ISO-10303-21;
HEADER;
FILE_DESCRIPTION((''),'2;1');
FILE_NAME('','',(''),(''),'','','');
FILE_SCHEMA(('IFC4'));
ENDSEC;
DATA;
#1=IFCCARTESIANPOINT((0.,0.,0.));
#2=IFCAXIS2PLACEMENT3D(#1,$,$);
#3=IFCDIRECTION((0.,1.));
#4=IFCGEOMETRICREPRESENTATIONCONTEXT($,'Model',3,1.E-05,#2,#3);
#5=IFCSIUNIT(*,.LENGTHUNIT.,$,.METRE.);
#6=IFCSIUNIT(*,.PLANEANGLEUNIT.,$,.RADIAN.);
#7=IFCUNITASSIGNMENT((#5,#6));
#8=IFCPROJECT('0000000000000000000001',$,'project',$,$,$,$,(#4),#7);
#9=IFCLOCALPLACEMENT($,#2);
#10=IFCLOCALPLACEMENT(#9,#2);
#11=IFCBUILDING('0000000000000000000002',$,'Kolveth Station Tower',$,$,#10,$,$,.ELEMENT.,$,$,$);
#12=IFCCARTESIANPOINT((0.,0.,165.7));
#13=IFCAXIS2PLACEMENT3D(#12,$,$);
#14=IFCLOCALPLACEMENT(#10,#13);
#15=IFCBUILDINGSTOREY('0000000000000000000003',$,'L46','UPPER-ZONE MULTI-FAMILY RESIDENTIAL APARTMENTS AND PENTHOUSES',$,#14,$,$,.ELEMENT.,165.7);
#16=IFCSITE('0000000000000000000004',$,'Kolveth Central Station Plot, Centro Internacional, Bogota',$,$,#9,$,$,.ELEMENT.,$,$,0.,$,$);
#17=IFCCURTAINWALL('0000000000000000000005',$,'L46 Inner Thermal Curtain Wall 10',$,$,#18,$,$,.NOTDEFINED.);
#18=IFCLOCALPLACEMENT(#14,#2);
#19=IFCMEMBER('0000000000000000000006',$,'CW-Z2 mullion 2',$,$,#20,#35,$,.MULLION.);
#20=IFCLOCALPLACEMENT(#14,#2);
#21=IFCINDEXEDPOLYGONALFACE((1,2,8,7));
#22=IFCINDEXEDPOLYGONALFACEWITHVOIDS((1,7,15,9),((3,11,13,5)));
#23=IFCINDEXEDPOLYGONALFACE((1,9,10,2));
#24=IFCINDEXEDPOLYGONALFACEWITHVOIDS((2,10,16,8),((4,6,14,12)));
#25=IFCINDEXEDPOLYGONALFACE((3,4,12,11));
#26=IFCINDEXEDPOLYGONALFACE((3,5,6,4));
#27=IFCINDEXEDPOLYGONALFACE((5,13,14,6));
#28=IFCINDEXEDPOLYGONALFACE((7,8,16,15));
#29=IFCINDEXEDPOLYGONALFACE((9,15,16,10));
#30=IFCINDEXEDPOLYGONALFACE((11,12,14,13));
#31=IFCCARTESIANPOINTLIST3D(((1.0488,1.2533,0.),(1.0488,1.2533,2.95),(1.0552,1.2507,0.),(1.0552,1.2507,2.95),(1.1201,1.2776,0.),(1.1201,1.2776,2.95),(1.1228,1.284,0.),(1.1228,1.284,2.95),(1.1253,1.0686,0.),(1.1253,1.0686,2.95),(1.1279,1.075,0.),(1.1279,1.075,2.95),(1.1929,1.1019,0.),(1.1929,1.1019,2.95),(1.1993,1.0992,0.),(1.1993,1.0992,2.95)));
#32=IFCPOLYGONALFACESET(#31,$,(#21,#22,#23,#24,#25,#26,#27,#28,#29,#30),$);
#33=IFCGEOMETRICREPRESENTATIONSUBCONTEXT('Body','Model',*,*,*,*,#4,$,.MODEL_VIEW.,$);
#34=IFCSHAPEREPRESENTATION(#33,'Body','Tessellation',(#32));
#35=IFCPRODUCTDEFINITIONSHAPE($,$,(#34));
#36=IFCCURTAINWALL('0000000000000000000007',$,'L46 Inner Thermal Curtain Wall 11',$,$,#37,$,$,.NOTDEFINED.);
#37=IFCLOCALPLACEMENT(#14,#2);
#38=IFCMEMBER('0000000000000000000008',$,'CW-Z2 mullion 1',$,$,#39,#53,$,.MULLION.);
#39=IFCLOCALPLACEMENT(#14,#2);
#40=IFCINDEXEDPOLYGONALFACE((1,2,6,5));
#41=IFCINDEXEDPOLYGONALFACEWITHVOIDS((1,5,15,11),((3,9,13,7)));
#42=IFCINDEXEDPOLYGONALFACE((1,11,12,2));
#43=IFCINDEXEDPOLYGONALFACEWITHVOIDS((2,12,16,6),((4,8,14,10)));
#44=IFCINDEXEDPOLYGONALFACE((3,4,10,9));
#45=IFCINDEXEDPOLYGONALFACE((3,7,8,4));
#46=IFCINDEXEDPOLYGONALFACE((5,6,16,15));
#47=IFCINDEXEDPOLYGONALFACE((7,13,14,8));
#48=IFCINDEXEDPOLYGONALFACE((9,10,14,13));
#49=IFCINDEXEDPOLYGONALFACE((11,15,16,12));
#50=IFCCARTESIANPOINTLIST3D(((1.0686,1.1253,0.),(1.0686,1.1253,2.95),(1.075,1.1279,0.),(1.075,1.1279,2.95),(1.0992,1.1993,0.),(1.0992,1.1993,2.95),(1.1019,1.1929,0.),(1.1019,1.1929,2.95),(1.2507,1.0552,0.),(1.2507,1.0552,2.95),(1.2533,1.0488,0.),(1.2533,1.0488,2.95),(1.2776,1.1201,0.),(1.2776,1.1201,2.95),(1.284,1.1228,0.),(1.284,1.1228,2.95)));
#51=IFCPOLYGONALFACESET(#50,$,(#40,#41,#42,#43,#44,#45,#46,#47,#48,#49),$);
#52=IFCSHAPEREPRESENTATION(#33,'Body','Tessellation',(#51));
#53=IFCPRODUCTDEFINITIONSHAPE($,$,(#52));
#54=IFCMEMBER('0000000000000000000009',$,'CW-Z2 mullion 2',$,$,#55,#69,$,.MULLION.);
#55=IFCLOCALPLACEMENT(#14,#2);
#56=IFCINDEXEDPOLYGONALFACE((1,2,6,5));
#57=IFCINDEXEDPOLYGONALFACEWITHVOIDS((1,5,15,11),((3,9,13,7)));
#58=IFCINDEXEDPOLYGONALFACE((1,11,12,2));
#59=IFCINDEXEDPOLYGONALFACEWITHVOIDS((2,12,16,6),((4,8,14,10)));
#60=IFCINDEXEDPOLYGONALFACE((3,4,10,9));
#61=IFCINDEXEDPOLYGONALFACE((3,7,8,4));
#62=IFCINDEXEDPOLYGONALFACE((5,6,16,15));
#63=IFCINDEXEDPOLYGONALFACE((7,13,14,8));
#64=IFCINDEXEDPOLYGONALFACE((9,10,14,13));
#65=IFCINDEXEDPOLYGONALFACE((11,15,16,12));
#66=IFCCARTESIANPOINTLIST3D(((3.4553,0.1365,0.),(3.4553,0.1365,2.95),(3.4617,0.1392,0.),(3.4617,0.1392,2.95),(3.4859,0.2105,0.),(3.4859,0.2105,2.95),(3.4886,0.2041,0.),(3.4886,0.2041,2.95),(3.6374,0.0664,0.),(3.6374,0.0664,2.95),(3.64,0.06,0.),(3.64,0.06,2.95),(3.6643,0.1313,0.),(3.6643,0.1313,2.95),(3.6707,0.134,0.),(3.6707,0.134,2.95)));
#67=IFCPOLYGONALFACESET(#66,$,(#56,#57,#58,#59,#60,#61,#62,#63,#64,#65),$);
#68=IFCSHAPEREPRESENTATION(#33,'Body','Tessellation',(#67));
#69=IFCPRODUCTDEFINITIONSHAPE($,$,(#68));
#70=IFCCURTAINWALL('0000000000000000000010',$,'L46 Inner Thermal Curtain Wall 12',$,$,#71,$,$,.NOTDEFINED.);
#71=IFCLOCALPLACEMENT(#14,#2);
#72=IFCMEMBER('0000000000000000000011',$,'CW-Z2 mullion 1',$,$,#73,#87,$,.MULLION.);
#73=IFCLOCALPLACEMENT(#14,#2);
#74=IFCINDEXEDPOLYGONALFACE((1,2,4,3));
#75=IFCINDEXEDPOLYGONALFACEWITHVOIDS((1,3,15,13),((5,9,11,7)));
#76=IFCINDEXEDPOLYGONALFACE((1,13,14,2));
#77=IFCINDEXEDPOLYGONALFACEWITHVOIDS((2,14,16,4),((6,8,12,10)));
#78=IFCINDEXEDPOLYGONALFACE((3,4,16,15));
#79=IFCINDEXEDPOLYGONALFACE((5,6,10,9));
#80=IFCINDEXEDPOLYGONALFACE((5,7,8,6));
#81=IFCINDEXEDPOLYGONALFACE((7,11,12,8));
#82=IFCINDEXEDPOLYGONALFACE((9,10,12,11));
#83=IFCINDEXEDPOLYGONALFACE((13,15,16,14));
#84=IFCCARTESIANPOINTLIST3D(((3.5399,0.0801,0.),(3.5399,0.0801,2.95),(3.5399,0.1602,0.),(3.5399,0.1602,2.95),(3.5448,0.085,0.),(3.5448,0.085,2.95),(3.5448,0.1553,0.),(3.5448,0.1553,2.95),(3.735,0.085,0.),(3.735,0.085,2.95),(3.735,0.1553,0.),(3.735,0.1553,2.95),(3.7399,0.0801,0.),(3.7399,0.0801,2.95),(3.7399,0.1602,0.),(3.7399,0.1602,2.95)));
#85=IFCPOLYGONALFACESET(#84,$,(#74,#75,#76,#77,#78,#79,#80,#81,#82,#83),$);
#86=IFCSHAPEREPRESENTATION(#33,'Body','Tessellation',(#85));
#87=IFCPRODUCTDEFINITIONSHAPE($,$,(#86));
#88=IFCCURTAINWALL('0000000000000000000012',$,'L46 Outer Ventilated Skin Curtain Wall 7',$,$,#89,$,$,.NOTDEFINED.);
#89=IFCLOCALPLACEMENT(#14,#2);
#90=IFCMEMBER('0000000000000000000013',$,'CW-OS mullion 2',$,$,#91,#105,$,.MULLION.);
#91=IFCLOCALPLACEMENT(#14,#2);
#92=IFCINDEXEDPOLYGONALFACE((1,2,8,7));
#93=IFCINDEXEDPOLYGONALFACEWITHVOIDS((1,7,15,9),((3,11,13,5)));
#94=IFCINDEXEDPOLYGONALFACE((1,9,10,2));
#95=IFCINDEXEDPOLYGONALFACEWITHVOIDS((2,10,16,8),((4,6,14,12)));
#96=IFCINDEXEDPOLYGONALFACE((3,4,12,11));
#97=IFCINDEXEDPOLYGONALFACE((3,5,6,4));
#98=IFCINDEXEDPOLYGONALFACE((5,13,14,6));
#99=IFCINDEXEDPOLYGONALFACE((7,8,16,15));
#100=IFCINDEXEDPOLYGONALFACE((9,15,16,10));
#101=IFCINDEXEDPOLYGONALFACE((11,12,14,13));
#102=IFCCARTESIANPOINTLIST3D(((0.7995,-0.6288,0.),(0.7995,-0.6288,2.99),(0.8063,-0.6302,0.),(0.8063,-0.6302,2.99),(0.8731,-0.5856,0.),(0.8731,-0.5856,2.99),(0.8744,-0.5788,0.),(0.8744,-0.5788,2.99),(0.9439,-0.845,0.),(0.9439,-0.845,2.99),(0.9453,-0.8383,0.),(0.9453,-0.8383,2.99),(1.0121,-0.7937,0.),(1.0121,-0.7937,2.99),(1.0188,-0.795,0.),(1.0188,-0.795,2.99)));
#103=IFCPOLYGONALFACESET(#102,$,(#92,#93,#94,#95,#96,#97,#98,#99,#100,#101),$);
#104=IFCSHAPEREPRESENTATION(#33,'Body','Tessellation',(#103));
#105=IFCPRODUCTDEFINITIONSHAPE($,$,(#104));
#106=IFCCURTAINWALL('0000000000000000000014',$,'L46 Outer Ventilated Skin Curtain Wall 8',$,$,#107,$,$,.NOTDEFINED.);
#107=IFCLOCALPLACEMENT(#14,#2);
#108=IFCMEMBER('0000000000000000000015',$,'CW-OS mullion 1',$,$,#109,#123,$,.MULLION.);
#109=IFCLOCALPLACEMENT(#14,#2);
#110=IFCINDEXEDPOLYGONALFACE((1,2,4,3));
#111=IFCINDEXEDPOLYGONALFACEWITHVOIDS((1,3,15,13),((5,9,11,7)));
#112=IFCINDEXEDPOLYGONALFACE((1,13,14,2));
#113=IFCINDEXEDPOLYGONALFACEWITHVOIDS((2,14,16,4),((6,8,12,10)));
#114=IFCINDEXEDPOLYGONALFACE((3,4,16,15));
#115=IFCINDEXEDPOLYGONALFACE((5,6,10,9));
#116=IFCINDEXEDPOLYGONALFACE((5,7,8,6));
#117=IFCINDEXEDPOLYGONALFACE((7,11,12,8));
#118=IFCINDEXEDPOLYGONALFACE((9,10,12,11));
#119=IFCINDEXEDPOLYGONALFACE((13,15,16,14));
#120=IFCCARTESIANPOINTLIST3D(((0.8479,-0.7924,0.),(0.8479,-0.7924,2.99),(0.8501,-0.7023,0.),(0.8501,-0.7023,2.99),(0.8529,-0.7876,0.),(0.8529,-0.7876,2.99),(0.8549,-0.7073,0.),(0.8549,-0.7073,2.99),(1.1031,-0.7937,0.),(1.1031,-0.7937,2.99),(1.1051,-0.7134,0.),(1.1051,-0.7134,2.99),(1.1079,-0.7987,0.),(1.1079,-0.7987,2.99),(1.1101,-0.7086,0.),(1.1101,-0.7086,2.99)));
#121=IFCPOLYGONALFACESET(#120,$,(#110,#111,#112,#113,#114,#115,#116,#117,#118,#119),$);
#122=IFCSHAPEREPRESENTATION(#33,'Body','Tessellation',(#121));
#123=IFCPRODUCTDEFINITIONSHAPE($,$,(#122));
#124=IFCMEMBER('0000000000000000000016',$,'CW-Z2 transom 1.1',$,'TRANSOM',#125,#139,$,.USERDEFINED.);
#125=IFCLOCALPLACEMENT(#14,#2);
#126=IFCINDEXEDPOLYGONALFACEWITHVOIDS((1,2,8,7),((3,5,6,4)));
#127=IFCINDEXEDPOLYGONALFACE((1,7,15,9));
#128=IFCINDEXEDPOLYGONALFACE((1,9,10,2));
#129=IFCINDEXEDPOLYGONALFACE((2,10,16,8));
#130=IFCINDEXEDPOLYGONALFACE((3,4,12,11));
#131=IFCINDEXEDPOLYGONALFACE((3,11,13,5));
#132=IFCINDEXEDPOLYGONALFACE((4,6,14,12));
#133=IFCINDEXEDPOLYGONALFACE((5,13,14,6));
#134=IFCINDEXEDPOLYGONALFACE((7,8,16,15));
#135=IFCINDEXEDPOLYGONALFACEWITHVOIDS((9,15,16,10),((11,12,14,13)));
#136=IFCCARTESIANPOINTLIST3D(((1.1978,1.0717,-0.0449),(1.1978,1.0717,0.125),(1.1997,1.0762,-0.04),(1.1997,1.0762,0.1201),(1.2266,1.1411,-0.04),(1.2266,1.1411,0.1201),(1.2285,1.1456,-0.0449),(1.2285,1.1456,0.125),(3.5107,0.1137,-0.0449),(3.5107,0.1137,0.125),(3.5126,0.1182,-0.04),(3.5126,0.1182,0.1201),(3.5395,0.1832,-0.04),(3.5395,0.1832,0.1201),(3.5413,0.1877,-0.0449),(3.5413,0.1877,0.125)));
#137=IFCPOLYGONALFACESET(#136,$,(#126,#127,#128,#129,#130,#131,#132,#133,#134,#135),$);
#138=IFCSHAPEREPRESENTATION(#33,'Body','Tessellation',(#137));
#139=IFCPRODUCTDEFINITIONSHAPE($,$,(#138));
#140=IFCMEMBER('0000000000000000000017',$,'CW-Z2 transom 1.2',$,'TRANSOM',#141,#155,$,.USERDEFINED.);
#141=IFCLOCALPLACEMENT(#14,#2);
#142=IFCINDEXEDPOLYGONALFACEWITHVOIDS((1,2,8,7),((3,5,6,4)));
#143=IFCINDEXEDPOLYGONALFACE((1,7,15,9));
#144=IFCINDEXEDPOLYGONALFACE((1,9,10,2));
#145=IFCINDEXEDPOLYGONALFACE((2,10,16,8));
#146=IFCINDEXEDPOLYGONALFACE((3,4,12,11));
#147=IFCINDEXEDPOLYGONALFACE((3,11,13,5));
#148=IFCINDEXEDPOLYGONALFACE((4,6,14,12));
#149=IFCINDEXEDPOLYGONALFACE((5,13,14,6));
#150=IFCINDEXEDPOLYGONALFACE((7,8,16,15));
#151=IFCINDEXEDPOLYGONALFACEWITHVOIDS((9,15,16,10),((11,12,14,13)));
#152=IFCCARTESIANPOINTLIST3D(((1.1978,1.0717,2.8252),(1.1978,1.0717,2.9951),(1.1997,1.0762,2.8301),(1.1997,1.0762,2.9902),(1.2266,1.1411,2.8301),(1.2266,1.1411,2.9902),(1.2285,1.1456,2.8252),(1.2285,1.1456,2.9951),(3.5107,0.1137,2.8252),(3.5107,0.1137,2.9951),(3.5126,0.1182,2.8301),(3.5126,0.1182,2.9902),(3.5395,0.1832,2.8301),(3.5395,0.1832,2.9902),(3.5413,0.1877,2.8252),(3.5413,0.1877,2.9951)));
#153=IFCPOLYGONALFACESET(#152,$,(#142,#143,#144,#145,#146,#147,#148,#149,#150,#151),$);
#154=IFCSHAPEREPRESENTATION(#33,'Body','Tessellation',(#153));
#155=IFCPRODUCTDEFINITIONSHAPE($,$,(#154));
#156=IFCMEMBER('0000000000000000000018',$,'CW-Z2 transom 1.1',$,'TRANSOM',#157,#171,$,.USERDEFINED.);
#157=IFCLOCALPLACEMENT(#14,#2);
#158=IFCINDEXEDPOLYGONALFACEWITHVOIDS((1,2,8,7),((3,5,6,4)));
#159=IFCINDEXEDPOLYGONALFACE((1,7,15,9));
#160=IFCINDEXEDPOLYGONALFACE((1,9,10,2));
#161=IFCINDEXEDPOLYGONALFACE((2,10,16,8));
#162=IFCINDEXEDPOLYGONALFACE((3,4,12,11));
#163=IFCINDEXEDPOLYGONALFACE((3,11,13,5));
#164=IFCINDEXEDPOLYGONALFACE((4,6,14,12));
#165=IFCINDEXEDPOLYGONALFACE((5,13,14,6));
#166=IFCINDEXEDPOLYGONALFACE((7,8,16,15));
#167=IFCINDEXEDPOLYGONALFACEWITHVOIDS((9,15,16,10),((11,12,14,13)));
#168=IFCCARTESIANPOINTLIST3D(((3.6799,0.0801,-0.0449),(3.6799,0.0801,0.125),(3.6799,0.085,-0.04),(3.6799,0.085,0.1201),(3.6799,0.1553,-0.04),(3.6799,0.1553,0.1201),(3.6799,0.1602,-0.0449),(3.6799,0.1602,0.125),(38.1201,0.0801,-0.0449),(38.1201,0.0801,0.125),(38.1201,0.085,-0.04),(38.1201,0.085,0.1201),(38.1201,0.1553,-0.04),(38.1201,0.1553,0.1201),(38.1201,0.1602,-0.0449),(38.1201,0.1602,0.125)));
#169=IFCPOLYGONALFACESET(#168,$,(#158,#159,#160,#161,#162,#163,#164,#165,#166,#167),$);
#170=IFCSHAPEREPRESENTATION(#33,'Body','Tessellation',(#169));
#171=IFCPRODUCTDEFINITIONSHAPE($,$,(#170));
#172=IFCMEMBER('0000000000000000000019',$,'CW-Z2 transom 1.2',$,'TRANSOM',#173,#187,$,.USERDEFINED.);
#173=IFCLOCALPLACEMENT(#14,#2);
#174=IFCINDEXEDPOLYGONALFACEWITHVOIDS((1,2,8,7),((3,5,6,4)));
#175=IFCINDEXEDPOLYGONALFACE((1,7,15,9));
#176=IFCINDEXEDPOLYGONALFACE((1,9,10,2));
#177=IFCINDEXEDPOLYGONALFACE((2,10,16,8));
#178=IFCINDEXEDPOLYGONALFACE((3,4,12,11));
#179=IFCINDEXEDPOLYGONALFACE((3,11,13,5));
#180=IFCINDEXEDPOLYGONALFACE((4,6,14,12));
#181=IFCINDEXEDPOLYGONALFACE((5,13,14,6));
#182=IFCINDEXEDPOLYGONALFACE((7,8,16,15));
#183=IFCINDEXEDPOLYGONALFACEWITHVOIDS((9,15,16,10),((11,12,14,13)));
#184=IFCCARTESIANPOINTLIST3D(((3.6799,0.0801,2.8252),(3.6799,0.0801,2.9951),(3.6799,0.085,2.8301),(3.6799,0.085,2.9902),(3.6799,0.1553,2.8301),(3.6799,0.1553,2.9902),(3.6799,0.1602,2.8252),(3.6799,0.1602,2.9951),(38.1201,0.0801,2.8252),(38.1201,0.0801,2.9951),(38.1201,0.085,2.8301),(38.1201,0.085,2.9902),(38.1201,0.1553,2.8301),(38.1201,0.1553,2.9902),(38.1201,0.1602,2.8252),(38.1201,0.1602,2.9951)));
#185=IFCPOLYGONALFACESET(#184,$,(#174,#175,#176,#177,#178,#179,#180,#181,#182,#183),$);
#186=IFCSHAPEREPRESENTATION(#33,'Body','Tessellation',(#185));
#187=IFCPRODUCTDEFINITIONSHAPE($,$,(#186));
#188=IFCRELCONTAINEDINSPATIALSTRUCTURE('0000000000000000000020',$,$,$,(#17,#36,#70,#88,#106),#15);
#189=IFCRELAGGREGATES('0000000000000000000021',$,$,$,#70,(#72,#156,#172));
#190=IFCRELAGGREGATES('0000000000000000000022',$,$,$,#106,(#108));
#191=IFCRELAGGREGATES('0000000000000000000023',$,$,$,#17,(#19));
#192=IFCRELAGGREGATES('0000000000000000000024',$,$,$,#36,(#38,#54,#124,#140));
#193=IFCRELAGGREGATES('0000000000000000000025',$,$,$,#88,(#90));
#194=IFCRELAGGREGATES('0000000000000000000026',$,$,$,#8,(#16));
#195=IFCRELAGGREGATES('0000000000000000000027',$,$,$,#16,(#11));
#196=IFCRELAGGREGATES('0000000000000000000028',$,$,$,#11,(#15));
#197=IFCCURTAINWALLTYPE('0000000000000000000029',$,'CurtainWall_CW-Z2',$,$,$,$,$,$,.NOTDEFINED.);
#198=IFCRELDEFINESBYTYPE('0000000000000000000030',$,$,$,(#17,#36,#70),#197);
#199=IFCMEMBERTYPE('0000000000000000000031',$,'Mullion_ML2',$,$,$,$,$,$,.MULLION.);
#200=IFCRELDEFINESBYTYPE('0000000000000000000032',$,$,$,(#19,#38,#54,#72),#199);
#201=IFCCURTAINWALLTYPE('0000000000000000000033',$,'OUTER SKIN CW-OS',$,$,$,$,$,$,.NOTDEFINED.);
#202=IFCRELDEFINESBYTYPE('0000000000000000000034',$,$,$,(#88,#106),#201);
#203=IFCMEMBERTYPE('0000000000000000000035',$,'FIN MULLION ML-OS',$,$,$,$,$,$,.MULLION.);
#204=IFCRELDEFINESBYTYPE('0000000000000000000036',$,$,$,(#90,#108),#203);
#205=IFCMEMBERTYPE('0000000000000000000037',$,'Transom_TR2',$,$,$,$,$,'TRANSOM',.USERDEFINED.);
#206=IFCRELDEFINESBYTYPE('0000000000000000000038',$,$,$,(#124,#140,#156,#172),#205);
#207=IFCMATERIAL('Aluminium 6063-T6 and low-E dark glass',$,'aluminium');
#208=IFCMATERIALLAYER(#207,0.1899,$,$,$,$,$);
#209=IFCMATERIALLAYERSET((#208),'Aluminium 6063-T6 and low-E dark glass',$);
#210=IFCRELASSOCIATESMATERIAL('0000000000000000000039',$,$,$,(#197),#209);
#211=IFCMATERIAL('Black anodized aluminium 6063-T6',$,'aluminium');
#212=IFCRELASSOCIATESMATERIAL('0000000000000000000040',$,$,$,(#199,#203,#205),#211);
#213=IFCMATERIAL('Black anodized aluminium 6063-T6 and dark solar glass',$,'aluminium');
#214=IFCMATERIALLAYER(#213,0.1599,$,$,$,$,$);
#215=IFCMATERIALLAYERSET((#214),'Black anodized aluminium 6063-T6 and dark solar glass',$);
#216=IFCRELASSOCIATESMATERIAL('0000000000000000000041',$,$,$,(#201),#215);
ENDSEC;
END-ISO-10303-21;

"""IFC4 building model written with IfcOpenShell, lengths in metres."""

from ifc_helpers import new_model, si_unit, direction, frame, origin, origin_2d, place, context, subcontext, project, spatial, hollow_rectangle, extrude, source, transform, mapped, material, layer, layer_set, material_profile, profile_set, type_object, element, aggregate, save


model = new_model("IFC4")

# Units and contexts
model_context = context("Model", 3, precision=1e-05, world=origin(), true_north=direction((0.0, 1.0)))
body_context = subcontext(model_context, "Body", "Model", "MODEL_VIEW")
ifc_project = project(units=[si_unit("LENGTHUNIT", "METRE"), si_unit("PLANEANGLEUNIT", "RADIAN")], contexts=[model_context])

# Site, building, storey
site_placement = place(None, origin())
site = spatial("IfcSite", under=ifc_project, at=site_placement, Name="Kolveth Central Station Plot, Centro Internacional, Bogota", CompositionType="ELEMENT", RefElevation=0.0)
building_placement = place(site_placement, origin())
building = spatial("IfcBuilding", under=site, at=building_placement, Name="Kolveth Station Tower", CompositionType="ELEMENT")
storey_placement = place(building_placement, frame((0.0, 0.0, 165.7)))
storey = spatial("IfcBuildingStorey", under=building, at=storey_placement, Name="L46", Description="UPPER-ZONE MULTI-FAMILY RESIDENTIAL APARTMENTS AND PENTHOUSES", CompositionType="ELEMENT", Elevation=165.7)

# Curtain wall, member
ifc_material_1 = material(Name="Aluminium 6063-T6 and low-E dark glass", Category="aluminium")
ifc_layer_1 = layer(ifc_material_1, 0.1899)
ifc_layer_set_1 = layer_set([ifc_layer_1], Name="Aluminium 6063-T6 and low-E dark glass")
curtain_wall_type_1 = type_object("IfcCurtainWallType", Name="CurtainWall_CW-Z2", PredefinedType="NOTDEFINED", material=ifc_layer_set_1)
curtain_wall_1_placement = place(storey_placement, origin())
curtain_wall_1 = element("IfcCurtainWall", 1, at=curtain_wall_1_placement, inside=storey, type_object=curtain_wall_type_1, Name="L46 Inner Thermal Curtain Wall 10", PredefinedType="NOTDEFINED")
ifc_material_2 = material(Name="Black anodized aluminium 6063-T6", Category="aluminium")
ifc_material_profile_1 = material_profile(ifc_material_2, hollow_rectangle(XDim=0.0801, YDim=0.2, WallThickness=0.0049, at=origin_2d()), Name="ALU-80x200x5")
ifc_profile_set_1 = profile_set([ifc_material_profile_1], Name="Black anodized aluminium 6063-T6")
member_type_1 = type_object("IfcMemberType", Name="Mullion_ML2", PredefinedType="MULLION", material=ifc_profile_set_1)
shared_shape_1 = source(origin(), body_context, "Body", "SweptSolid", [
    extrude(hollow_rectangle(XDim=0.0801, YDim=0.2, WallThickness=0.0049, at=origin_2d()), origin(), (0.0, 0.0, 1.0), 2.95),
])
member_1_placement = place(storey_placement, frame((1.124, 1.1763, 0.0), z_axis=(0.0, 0.0, 1.0), x_axis=(0.923874, 0.382698, 0.0)))
member_1 = element("IfcMember", 2, at=member_1_placement, type_object=member_type_1, Name="CW-Z2 mullion 2", PredefinedType="MULLION", context=body_context, shape_type="MappedRepresentation", body=[
    mapped(shared_shape_1, transform((0.0, 0.0, 0.0), x_axis=(1.0, 0.0, 0.0), y_axis=(0.0, 1.0, 0.0), z_axis=(0.0, 0.0, 1.0), scale=1.0)),
])

# Curtain wall, members
curtain_wall_2_placement = place(storey_placement, origin())
curtain_wall_2 = element("IfcCurtainWall", 3, at=curtain_wall_2_placement, inside=storey, type_object=curtain_wall_type_1, Name="L46 Inner Thermal Curtain Wall 11", PredefinedType="NOTDEFINED")
member_2_placement = place(storey_placement, frame((1.1763, 1.124, 0.0), z_axis=(0.0, 0.0, 1.0), x_axis=(0.382698, 0.923874, 0.0)))
member_2 = element("IfcMember", 4, at=member_2_placement, type_object=member_type_1, Name="CW-Z2 mullion 1", PredefinedType="MULLION", context=body_context, shape_type="MappedRepresentation", body=[
    mapped(shared_shape_1, transform((0.0, 0.0, 0.0), x_axis=(1.0, 0.0, 0.0), y_axis=(0.0, 1.0, 0.0), z_axis=(0.0, 0.0, 1.0), scale=1.0)),
])
member_3_placement = place(storey_placement, frame((3.563, 0.1353, 0.0), z_axis=(0.0, 0.0, 1.0), x_axis=(0.382698, 0.923874, 0.0)))
member_3 = element("IfcMember", 5, at=member_3_placement, type_object=member_type_1, Name="CW-Z2 mullion 2", PredefinedType="MULLION", context=body_context, shape_type="MappedRepresentation", body=[
    mapped(shared_shape_1, transform((0.0, 0.0, 0.0), x_axis=(1.0, 0.0, 0.0), y_axis=(0.0, 1.0, 0.0), z_axis=(0.0, 0.0, 1.0), scale=1.0)),
])

# Curtain walls, members
curtain_wall_3_placement = place(storey_placement, origin())
curtain_wall_3 = element("IfcCurtainWall", 6, at=curtain_wall_3_placement, inside=storey, type_object=curtain_wall_type_1, Name="L46 Inner Thermal Curtain Wall 12", PredefinedType="NOTDEFINED")
member_4_placement = place(storey_placement, frame((3.6399, 0.1201, 0.0), z_axis=(0.0, 0.0, 1.0), x_axis=(0.0, 1.0, 0.0)))
member_4 = element("IfcMember", 7, at=member_4_placement, type_object=member_type_1, Name="CW-Z2 mullion 1", PredefinedType="MULLION", context=body_context, shape_type="MappedRepresentation", body=[
    mapped(shared_shape_1, transform((0.0, 0.0, 0.0), x_axis=(1.0, 0.0, 0.0), y_axis=(0.0, 1.0, 0.0), z_axis=(0.0, 0.0, 1.0), scale=1.0)),
])
ifc_material_3 = material(Name="Black anodized aluminium 6063-T6 and dark solar glass", Category="aluminium")
ifc_layer_2 = layer(ifc_material_3, 0.1599)
ifc_layer_set_2 = layer_set([ifc_layer_2], Name="Black anodized aluminium 6063-T6 and dark solar glass")
curtain_wall_type_2 = type_object("IfcCurtainWallType", Name="OUTER SKIN CW-OS", PredefinedType="NOTDEFINED", material=ifc_layer_set_2)
curtain_wall_4_placement = place(storey_placement, origin())
curtain_wall_4 = element("IfcCurtainWall", 8, at=curtain_wall_4_placement, inside=storey, type_object=curtain_wall_type_2, Name="L46 Outer Ventilated Skin Curtain Wall 7", PredefinedType="NOTDEFINED")
ifc_material_profile_2 = material_profile(ifc_material_2, hollow_rectangle(XDim=0.0901, YDim=0.26, WallThickness=0.0049, at=origin_2d()), Name="ALU-90x260x5")
ifc_profile_set_2 = profile_set([ifc_material_profile_2], Name="Black anodized aluminium 6063-T6")
member_type_2 = type_object("IfcMemberType", Name="FIN MULLION ML-OS", PredefinedType="MULLION", material=ifc_profile_set_2)
shared_shape_2 = source(origin(), body_context, "Body", "SweptSolid", [
    extrude(hollow_rectangle(XDim=0.0901, YDim=0.26, WallThickness=0.0049, at=origin_2d()), origin(), (0.0, 0.0, 1.0), 2.99),
])
member_5_placement = place(storey_placement, frame((0.9092, -0.7119, 0.0), z_axis=(0.0, 0.0, 1.0), x_axis=(0.83164, 0.555315, 0.0)))
member_5 = element("IfcMember", 9, at=member_5_placement, type_object=member_type_2, Name="CW-OS mullion 2", PredefinedType="MULLION", context=body_context, shape_type="MappedRepresentation", body=[
    mapped(shared_shape_2, transform((0.0, 0.0, 0.0), x_axis=(1.0, 0.0, 0.0), y_axis=(0.0, 1.0, 0.0), z_axis=(0.0, 0.0, 1.0), scale=1.0)),
])
curtain_wall_5_placement = place(storey_placement, origin())
curtain_wall_5 = element("IfcCurtainWall", 10, at=curtain_wall_5_placement, inside=storey, type_object=curtain_wall_type_2, Name="L46 Outer Ventilated Skin Curtain Wall 8", PredefinedType="NOTDEFINED")
member_6_placement = place(storey_placement, frame((0.979, -0.7505, 0.0), z_axis=(0.0, 0.0, 1.0), x_axis=(0.024152, 0.999708, 0.0)))
member_6 = element("IfcMember", 11, at=member_6_placement, type_object=member_type_2, Name="CW-OS mullion 1", PredefinedType="MULLION", context=body_context, shape_type="MappedRepresentation", body=[
    mapped(shared_shape_2, transform((0.0, 0.0, 0.0), x_axis=(1.0, 0.0, 0.0), y_axis=(0.0, 1.0, 0.0), z_axis=(0.0, 0.0, 1.0), scale=1.0)),
])

# Members
ifc_material_profile_3 = material_profile(ifc_material_2, hollow_rectangle(XDim=0.0801, YDim=0.1699, WallThickness=0.0049, at=origin_2d()), Name="ALU-80x170x5")
ifc_profile_set_3 = profile_set([ifc_material_profile_3], Name="Black anodized aluminium 6063-T6")
member_type_3 = type_object("IfcMemberType", Name="Transom_TR2", ElementType="TRANSOM", PredefinedType="USERDEFINED", material=ifc_profile_set_3)
shared_shape_3 = source(origin(), body_context, "Body", "SweptSolid", [
    extrude(hollow_rectangle(XDim=0.0801, YDim=0.1699, WallThickness=0.0049, at=origin_2d()), origin(), (0.0, 0.0, 1.0), 2.5034),
])
member_7_placement = place(storey_placement, frame((1.2131, 1.1086, 0.04), z_axis=(0.923888, -0.382662, 0.0), x_axis=(0.382662, 0.923888, 0.0)))
member_7 = element("IfcMember", 12, at=member_7_placement, type_object=member_type_3, Name="CW-Z2 transom 1.1", ObjectType="TRANSOM", PredefinedType="USERDEFINED", context=body_context, shape_type="MappedRepresentation", body=[
    mapped(shared_shape_3, transform((0.0, 0.0, 0.0), x_axis=(1.0, 0.0, 0.0), y_axis=(0.0, 1.0, 0.0), z_axis=(0.0, 0.0, 1.0), scale=1.0)),
])
member_8_placement = place(storey_placement, frame((1.2131, 1.1086, 2.9102), z_axis=(0.923888, -0.382662, 0.0), x_axis=(0.382662, 0.923888, 0.0)))
member_8 = element("IfcMember", 13, at=member_8_placement, type_object=member_type_3, Name="CW-Z2 transom 1.2", ObjectType="TRANSOM", PredefinedType="USERDEFINED", context=body_context, shape_type="MappedRepresentation", body=[
    mapped(shared_shape_3, transform((0.0, 0.0, 0.0), x_axis=(1.0, 0.0, 0.0), y_axis=(0.0, 1.0, 0.0), z_axis=(0.0, 0.0, 1.0), scale=1.0)),
])
shared_shape_4 = source(origin(), body_context, "Body", "SweptSolid", [
    extrude(hollow_rectangle(XDim=0.0801, YDim=0.1699, WallThickness=0.0049, at=origin_2d()), origin(), (0.0, 0.0, 1.0), 34.4402),
])
member_9_placement = place(storey_placement, frame((3.6799, 0.1201, 0.04), z_axis=(1.0, 0.0, 0.0), x_axis=(0.0, 1.0, 0.0)))
member_9 = element("IfcMember", 14, at=member_9_placement, type_object=member_type_3, Name="CW-Z2 transom 1.1", ObjectType="TRANSOM", PredefinedType="USERDEFINED", context=body_context, shape_type="MappedRepresentation", body=[
    mapped(shared_shape_4, transform((0.0, 0.0, 0.0), x_axis=(1.0, 0.0, 0.0), y_axis=(0.0, 1.0, 0.0), z_axis=(0.0, 0.0, 1.0), scale=1.0)),
])
member_10_placement = place(storey_placement, frame((3.6799, 0.1201, 2.9102), z_axis=(1.0, 0.0, 0.0), x_axis=(0.0, 1.0, 0.0)))
member_10 = element("IfcMember", 15, at=member_10_placement, type_object=member_type_3, Name="CW-Z2 transom 1.2", ObjectType="TRANSOM", PredefinedType="USERDEFINED", context=body_context, shape_type="MappedRepresentation", body=[
    mapped(shared_shape_4, transform((0.0, 0.0, 0.0), x_axis=(1.0, 0.0, 0.0), y_axis=(0.0, 1.0, 0.0), z_axis=(0.0, 0.0, 1.0), scale=1.0)),
])
aggregate(curtain_wall_3, [member_4, member_9, member_10])
aggregate(curtain_wall_5, [member_6])

aggregate(curtain_wall_1, [member_1])
aggregate(curtain_wall_2, [member_2, member_3, member_7, member_8])
aggregate(curtain_wall_4, [member_5])

save(model, "model.ifc")
